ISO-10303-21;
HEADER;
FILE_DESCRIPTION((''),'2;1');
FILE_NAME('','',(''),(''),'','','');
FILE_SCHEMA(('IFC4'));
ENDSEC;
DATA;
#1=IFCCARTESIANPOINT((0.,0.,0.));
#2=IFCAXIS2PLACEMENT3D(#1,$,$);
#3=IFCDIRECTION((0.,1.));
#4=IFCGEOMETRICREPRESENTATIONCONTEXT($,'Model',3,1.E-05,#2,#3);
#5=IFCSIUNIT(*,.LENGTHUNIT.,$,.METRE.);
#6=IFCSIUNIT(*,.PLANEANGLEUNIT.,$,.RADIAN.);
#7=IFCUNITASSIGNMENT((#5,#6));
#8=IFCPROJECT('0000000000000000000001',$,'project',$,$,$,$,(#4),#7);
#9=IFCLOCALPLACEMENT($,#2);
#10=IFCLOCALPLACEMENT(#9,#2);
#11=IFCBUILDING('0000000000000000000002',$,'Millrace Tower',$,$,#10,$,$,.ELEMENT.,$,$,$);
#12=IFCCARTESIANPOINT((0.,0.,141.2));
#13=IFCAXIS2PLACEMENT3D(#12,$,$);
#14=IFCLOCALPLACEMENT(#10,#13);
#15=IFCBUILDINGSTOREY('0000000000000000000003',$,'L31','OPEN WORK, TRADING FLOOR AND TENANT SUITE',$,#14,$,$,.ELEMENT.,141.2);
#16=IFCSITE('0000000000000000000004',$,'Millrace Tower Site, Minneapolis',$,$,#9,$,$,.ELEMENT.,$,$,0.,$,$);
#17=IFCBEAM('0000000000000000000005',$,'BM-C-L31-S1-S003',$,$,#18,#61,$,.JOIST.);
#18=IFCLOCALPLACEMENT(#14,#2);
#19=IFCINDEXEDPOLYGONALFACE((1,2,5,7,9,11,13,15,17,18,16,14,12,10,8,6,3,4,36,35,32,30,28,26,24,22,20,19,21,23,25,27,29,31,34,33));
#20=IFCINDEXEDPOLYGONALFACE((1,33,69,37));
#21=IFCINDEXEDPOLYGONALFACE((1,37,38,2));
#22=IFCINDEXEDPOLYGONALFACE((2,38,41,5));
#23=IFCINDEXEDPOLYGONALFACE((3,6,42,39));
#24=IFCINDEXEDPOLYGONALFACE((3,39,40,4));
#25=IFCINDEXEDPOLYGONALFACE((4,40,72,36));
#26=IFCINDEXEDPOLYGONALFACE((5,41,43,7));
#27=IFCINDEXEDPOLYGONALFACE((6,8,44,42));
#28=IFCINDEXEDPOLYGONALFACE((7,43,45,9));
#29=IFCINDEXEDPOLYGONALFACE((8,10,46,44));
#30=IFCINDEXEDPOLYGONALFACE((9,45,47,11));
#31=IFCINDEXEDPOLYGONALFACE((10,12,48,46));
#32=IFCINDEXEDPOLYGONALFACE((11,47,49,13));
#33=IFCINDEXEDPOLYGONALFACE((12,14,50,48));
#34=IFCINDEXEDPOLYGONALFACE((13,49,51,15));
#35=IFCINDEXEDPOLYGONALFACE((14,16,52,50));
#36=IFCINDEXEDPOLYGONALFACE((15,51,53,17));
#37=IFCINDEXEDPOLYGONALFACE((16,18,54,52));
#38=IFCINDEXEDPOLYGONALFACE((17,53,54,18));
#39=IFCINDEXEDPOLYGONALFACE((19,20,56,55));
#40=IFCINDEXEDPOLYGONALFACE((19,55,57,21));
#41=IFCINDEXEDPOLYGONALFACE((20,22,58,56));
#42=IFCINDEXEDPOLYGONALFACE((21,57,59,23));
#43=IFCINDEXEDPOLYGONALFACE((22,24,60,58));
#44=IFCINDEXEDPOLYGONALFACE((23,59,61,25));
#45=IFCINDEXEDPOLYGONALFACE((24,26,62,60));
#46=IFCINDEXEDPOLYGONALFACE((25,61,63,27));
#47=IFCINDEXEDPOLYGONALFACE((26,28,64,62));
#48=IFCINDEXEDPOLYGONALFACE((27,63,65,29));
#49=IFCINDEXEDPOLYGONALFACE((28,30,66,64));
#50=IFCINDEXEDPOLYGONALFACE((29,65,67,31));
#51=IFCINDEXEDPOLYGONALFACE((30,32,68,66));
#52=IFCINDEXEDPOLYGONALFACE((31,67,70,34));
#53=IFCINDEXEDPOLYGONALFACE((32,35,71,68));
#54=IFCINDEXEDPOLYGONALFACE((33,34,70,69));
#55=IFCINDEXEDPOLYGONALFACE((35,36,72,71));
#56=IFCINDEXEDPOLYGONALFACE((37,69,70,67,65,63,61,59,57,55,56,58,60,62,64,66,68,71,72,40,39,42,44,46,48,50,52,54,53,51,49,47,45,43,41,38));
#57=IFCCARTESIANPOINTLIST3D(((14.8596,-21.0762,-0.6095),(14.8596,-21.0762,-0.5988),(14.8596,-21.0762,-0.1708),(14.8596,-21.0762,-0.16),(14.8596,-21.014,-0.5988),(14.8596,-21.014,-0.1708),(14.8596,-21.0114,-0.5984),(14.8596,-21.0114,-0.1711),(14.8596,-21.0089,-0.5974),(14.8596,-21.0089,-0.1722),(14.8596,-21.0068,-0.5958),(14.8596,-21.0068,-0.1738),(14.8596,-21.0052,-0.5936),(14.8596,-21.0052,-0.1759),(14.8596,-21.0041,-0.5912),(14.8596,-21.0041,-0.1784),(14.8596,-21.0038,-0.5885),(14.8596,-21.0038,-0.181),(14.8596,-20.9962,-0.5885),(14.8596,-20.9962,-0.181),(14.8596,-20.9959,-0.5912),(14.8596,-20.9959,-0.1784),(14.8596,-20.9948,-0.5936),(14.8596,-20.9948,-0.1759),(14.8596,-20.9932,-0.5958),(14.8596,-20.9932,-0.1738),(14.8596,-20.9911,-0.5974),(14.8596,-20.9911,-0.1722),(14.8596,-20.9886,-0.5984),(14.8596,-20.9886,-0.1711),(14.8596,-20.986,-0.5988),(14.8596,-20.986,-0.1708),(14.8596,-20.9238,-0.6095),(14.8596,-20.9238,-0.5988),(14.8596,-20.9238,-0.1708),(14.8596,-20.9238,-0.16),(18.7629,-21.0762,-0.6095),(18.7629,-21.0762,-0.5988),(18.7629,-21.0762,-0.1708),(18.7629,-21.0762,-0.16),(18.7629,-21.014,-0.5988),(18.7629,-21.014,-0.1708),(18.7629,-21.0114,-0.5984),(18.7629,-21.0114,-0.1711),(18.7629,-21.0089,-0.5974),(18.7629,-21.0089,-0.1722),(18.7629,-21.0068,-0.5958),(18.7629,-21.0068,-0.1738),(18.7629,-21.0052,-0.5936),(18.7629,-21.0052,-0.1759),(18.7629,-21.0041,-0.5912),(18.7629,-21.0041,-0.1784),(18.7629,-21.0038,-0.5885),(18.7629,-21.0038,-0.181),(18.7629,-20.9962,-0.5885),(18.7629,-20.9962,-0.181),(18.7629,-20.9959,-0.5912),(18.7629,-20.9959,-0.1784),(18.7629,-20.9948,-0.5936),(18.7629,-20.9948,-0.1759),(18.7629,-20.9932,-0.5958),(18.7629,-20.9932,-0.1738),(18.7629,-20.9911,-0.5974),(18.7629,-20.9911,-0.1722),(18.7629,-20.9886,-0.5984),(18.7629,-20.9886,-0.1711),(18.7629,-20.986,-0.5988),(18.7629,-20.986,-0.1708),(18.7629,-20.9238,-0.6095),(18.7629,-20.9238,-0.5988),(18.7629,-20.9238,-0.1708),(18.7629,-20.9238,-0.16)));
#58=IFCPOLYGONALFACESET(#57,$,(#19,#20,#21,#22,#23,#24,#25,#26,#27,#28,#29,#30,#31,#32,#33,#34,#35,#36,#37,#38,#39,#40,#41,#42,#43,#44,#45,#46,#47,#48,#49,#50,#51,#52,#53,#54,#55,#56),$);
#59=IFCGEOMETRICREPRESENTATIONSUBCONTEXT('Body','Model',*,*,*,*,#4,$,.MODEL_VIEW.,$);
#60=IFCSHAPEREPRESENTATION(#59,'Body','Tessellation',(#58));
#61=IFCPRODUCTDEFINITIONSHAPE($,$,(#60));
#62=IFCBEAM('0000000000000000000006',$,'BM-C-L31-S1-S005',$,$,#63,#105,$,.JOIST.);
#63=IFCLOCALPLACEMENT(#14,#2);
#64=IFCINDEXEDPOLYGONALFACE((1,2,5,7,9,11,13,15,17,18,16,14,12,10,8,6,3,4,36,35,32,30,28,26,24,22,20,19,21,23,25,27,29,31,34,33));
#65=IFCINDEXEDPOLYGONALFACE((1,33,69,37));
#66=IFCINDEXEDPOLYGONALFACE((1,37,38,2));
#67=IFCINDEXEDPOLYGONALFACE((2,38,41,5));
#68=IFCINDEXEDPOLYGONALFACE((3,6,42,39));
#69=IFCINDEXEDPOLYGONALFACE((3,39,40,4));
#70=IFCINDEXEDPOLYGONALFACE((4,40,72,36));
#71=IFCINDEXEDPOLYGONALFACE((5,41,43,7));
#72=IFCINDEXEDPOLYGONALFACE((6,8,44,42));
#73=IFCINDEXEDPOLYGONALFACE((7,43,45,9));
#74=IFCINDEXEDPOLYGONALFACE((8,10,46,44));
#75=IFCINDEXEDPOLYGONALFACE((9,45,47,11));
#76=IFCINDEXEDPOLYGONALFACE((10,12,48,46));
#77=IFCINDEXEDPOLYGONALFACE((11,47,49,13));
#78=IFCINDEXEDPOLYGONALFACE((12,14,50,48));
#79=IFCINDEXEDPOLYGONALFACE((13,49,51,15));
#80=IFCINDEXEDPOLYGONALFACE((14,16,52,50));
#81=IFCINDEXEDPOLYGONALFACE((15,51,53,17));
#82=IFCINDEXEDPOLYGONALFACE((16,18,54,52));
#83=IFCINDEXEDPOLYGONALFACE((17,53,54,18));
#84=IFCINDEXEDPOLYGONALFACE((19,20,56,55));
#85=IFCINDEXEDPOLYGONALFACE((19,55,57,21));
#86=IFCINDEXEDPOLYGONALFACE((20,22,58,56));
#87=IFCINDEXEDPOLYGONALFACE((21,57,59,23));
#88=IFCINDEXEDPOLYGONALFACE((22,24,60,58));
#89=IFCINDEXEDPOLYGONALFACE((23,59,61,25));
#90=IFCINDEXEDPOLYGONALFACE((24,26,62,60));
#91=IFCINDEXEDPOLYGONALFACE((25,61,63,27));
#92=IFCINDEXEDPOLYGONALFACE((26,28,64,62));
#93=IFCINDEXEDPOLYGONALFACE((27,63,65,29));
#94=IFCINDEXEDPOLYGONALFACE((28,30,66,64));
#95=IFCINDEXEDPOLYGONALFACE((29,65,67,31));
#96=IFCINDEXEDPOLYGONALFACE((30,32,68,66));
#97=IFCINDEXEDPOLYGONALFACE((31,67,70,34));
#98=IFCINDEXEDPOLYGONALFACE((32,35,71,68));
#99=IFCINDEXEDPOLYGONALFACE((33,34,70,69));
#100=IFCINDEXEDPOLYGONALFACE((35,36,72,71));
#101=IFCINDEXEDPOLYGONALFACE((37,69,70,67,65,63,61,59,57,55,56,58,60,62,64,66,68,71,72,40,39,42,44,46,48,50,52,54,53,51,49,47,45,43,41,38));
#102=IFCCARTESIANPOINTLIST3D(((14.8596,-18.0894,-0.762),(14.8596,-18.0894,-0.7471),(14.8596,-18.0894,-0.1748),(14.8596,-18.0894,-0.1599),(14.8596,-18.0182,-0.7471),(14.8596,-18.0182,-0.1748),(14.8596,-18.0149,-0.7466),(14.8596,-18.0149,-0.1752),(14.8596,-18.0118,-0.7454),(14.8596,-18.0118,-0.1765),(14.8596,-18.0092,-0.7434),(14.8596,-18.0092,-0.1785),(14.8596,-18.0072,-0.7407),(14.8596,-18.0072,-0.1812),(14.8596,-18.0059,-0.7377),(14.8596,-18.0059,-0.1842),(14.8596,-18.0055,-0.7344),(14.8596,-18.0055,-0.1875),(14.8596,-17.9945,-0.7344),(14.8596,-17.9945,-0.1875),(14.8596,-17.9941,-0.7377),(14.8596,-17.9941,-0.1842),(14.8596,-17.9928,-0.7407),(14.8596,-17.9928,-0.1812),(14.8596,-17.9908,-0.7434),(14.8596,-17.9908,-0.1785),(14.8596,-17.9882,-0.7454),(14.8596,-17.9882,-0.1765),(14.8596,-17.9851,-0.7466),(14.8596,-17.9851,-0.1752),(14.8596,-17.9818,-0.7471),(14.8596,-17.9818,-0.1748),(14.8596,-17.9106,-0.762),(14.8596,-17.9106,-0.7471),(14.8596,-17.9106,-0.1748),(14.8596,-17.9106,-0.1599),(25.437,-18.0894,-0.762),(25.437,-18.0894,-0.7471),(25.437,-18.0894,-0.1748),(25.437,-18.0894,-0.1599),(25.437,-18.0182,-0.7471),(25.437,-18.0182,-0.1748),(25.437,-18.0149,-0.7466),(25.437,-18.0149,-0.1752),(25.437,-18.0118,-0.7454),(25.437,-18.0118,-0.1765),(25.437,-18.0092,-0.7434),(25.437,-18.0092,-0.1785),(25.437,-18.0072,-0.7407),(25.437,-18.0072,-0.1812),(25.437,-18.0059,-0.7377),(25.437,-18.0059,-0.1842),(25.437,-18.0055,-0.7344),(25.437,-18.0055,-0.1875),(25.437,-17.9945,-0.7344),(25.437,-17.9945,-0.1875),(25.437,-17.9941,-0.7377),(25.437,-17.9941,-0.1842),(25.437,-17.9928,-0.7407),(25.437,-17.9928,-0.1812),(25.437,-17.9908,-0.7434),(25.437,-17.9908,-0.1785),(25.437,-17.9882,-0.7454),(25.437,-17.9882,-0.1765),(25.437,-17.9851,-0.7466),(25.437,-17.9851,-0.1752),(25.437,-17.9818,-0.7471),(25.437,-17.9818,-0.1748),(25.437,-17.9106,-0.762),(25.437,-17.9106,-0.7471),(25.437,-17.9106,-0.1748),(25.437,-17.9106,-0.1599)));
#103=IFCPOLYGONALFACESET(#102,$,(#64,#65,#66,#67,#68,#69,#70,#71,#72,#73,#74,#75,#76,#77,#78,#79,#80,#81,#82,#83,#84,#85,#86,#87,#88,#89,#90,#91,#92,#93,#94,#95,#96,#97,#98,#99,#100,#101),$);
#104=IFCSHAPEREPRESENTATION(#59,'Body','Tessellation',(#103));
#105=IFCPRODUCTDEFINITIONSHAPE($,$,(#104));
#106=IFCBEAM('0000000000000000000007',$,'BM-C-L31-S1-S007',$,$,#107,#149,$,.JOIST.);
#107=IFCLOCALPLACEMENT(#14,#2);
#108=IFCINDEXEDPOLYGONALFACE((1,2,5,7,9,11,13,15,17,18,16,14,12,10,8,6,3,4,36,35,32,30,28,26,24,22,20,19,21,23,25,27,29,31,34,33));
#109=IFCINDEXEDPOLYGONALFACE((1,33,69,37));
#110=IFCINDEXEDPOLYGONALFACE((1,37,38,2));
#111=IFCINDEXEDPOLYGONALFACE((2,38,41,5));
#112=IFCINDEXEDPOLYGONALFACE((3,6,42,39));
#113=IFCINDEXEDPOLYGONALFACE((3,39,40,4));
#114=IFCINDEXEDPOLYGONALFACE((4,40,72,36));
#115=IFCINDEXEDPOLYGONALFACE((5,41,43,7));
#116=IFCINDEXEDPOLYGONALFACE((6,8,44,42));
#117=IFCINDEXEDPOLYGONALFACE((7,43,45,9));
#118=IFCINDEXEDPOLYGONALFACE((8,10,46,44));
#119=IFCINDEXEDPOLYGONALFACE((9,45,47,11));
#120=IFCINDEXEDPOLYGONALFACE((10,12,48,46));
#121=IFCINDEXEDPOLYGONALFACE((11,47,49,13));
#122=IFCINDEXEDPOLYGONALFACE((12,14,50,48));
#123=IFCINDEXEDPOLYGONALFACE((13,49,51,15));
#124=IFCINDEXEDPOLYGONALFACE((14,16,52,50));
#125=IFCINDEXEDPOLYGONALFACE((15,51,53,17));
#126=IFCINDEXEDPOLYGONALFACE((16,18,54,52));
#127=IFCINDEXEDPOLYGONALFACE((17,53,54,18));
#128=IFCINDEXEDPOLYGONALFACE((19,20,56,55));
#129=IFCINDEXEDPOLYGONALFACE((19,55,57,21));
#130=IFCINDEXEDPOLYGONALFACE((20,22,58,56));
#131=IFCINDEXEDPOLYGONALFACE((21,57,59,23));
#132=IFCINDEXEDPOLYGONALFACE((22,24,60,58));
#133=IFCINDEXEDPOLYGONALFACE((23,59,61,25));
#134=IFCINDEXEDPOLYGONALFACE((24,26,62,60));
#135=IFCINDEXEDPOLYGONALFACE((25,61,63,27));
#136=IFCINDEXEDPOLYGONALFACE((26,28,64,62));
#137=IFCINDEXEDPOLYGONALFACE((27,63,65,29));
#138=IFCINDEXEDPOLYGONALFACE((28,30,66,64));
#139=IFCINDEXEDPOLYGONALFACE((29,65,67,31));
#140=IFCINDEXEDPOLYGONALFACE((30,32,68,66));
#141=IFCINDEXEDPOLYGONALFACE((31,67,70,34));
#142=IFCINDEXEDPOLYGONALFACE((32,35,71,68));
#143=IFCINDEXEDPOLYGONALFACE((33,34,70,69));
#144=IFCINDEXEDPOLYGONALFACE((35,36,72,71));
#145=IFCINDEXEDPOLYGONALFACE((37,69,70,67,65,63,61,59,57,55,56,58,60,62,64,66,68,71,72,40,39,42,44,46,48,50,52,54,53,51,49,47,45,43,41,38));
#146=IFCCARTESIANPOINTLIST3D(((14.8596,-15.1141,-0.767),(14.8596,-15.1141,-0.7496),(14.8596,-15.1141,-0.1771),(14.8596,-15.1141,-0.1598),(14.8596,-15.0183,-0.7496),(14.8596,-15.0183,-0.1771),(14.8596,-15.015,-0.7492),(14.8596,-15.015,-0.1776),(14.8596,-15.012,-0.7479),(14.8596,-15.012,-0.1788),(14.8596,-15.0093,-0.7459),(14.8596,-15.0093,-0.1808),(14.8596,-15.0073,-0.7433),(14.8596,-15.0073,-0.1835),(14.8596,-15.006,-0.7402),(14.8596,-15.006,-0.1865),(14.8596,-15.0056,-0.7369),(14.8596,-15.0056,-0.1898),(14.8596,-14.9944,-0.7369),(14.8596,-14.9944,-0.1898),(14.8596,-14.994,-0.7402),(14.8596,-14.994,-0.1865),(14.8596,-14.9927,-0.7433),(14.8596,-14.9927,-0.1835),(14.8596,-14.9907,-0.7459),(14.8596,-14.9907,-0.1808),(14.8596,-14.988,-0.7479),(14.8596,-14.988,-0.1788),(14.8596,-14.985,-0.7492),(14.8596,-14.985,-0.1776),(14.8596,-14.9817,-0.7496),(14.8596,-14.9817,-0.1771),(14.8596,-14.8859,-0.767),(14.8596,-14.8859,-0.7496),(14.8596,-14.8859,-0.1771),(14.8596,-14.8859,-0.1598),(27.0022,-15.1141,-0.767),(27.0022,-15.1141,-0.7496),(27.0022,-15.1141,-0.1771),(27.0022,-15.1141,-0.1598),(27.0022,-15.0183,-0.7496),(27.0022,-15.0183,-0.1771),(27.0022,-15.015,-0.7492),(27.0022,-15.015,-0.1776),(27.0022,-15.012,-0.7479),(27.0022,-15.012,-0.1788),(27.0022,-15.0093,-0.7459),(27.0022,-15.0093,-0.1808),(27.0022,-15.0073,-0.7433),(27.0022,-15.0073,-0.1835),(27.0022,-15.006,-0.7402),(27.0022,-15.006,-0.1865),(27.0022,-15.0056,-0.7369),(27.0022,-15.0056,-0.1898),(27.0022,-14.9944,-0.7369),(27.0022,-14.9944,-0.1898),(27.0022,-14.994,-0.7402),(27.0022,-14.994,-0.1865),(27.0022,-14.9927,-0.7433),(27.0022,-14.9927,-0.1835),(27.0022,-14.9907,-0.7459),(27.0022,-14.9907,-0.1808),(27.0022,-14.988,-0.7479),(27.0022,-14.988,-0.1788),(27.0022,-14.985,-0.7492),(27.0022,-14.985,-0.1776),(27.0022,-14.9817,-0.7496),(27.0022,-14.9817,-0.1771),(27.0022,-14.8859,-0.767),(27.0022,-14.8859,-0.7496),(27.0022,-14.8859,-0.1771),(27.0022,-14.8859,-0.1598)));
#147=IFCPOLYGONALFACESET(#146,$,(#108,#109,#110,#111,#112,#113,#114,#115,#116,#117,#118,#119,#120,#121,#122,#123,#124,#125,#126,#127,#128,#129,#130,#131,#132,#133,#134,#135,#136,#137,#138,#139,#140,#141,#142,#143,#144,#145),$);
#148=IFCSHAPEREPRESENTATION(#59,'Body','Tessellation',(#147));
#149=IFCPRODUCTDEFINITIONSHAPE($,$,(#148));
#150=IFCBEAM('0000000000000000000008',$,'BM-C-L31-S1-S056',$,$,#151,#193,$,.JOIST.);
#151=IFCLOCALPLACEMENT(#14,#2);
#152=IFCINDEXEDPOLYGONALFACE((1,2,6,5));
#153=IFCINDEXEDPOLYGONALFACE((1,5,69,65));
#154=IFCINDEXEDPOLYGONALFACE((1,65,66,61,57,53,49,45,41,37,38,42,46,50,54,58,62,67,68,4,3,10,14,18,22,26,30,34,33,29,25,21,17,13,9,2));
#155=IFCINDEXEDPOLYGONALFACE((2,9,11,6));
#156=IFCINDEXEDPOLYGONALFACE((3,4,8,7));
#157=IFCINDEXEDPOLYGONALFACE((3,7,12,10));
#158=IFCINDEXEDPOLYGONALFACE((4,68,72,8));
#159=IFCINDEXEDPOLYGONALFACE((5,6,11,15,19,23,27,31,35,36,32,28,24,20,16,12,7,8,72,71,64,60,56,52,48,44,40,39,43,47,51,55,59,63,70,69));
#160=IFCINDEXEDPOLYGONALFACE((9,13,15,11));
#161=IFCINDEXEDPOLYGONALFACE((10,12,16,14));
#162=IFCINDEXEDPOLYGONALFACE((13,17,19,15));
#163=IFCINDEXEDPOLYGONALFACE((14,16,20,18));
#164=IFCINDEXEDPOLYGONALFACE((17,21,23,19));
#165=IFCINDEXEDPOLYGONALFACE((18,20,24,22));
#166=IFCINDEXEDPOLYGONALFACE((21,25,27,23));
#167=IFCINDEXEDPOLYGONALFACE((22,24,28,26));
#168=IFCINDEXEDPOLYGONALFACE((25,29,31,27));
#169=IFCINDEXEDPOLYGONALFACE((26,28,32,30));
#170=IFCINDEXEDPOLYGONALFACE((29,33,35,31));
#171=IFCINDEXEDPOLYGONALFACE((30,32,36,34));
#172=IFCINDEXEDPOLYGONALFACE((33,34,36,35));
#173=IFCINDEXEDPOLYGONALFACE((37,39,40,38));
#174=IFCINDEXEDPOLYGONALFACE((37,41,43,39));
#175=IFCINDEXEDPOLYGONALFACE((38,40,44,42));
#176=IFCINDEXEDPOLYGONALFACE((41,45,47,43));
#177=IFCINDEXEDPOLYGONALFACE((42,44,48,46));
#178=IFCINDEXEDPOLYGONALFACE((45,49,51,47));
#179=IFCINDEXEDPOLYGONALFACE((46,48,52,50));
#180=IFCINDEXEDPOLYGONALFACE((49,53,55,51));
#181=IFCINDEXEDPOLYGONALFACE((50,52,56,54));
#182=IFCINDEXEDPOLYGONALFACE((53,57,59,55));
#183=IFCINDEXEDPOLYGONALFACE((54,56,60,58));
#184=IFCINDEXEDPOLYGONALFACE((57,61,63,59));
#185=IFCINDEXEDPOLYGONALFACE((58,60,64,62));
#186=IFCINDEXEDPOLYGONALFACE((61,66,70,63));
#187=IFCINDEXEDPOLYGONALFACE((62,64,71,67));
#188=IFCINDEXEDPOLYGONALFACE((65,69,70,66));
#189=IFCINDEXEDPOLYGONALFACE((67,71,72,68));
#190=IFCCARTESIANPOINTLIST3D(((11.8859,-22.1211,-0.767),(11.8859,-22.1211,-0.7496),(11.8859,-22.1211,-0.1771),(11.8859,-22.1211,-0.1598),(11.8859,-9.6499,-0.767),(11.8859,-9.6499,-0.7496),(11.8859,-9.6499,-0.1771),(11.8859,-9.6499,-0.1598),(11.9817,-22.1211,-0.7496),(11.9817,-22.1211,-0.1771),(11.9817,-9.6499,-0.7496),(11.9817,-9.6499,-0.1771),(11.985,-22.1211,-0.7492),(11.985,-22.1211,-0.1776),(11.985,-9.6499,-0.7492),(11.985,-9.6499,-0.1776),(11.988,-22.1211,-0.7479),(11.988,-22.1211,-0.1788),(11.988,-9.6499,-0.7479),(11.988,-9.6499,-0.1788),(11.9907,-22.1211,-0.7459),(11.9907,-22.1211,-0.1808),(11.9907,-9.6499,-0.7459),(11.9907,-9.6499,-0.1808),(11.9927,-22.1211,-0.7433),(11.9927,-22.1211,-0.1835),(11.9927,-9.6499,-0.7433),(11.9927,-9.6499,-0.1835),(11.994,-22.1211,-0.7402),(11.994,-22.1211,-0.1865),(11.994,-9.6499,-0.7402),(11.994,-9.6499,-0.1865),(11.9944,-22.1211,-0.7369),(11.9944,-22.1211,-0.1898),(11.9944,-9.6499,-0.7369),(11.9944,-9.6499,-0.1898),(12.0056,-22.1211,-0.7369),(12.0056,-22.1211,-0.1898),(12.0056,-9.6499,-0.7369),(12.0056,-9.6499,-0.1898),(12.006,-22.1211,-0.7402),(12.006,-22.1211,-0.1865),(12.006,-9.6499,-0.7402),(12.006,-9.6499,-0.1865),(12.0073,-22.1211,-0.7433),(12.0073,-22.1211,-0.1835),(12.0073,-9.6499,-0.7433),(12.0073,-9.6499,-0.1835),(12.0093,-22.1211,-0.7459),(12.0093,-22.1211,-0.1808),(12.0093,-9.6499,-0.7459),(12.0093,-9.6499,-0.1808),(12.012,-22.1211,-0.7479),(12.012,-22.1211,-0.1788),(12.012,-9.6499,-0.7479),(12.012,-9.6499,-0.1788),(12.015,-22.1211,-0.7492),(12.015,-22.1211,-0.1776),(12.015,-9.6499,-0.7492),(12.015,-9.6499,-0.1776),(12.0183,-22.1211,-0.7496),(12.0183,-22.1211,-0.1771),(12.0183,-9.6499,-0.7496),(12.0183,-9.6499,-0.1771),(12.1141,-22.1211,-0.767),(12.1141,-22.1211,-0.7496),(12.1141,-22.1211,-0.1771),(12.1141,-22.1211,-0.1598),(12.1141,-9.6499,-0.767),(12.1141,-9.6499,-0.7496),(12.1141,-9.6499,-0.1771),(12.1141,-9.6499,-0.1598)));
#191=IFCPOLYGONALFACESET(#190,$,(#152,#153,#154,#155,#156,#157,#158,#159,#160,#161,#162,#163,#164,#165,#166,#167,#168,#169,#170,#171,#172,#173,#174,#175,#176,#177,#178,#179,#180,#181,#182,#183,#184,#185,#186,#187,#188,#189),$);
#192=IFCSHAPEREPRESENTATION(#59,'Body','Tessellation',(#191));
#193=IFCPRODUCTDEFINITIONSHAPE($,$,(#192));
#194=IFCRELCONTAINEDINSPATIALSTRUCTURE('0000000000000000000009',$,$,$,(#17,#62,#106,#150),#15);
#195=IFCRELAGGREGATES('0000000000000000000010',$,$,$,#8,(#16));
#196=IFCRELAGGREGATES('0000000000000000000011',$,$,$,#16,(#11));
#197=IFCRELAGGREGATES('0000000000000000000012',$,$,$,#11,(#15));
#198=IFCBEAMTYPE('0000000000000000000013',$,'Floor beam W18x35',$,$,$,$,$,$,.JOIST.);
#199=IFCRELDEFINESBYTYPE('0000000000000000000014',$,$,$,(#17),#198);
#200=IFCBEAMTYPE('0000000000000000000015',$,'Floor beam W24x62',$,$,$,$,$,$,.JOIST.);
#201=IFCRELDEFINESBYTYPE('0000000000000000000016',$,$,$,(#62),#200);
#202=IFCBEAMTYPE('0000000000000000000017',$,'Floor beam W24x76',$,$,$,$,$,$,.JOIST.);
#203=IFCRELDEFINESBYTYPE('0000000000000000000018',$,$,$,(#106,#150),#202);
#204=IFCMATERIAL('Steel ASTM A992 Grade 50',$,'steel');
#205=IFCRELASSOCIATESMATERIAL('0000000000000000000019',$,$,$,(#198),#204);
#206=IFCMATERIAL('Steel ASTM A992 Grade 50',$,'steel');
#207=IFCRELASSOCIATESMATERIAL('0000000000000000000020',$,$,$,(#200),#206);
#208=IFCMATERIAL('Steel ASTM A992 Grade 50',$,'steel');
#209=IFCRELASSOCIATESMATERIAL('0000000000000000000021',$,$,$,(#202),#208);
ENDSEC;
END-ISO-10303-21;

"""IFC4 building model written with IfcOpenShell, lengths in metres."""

from ifc_helpers import new_model, si_unit, direction, frame, origin, origin_2d, place, context, subcontext, project, spatial, i_section, extrude, material, material_profile, profile_set, type_object, element, save


model = new_model("IFC4")

# Units and contexts
model_context = context("Model", 3, precision=1e-05, world=origin(), true_north=direction((0.0, 1.0)))
body_context = subcontext(model_context, "Body", "Model", "MODEL_VIEW")
ifc_project = project(units=[si_unit("LENGTHUNIT", "METRE"), si_unit("PLANEANGLEUNIT", "RADIAN")], contexts=[model_context])

# Site, building, storey
site_placement = place(None, origin())
site = spatial("IfcSite", under=ifc_project, at=site_placement, Name="Millrace Tower Site, Minneapolis", CompositionType="ELEMENT", RefElevation=0.0)
building_placement = place(site_placement, origin())
building = spatial("IfcBuilding", under=site, at=building_placement, Name="Millrace Tower", CompositionType="ELEMENT")
storey_placement = place(building_placement, frame((0.0, 0.0, 141.2)))
storey = spatial("IfcBuildingStorey", under=building, at=storey_placement, Name="L31", Description="OPEN WORK, TRADING FLOOR AND TENANT SUITE", CompositionType="ELEMENT", Elevation=141.2)

# Beams
ifc_material_1 = material(Name="Steel ASTM A992 Grade 50", Category="steel")
ifc_material_profile_1 = material_profile(ifc_material_1, i_section(OverallWidth=0.1523, OverallDepth=0.4495, WebThickness=0.0076, FlangeThickness=0.0107, FilletRadius=0.0103, at=origin_2d()))
ifc_profile_set_1 = profile_set([ifc_material_profile_1], Name="Steel ASTM A992 Grade 50")
beam_type_1 = type_object("IfcBeamType", Name="Floor beam W18x35", PredefinedType="JOIST", material=ifc_profile_set_1)
beam_1_placement = place(storey_placement, frame((14.8596, -21.0, -0.3848), z_axis=(1.0, 0.0, 0.0), x_axis=(0.0, 1.0, 0.0)))
element("IfcBeam", 1, at=beam_1_placement, inside=storey, type_object=beam_type_1, Name="BM-C-L31-S1-S003", PredefinedType="JOIST", context=body_context, shape_type="SweptSolid", body=[
    extrude(i_section(OverallWidth=0.1523, OverallDepth=0.4495, WebThickness=0.0076, FlangeThickness=0.0107, FilletRadius=0.0103, at=origin_2d()), origin(), (0.0, 0.0, 1.0), 3.9033),
])
ifc_material_2 = material(Name="Steel ASTM A992 Grade 50", Category="steel")
ifc_material_profile_2 = material_profile(ifc_material_2, i_section(OverallWidth=0.1787, OverallDepth=0.6021, WebThickness=0.011, FlangeThickness=0.0149, FilletRadius=0.0127, at=origin_2d()))
ifc_profile_set_2 = profile_set([ifc_material_profile_2], Name="Steel ASTM A992 Grade 50")
beam_type_2 = type_object("IfcBeamType", Name="Floor beam W24x62", PredefinedType="JOIST", material=ifc_profile_set_2)
beam_2_placement = place(storey_placement, frame((14.8596, -18.0, -0.4609), z_axis=(1.0, 0.0, 0.0), x_axis=(0.0, 1.0, 0.0)))
element("IfcBeam", 2, at=beam_2_placement, inside=storey, type_object=beam_type_2, Name="BM-C-L31-S1-S005", PredefinedType="JOIST", context=body_context, shape_type="SweptSolid", body=[
    extrude(i_section(OverallWidth=0.1787, OverallDepth=0.6021, WebThickness=0.011, FlangeThickness=0.0149, FilletRadius=0.0127, at=origin_2d()), origin(), (0.0, 0.0, 1.0), 10.5774),
])
ifc_material_3 = material(Name="Steel ASTM A992 Grade 50", Category="steel")
ifc_material_profile_3 = material_profile(ifc_material_3, i_section(OverallWidth=0.2283, OverallDepth=0.6072, WebThickness=0.0112, FlangeThickness=0.0173, FilletRadius=0.0127, at=origin_2d()))
ifc_profile_set_3 = profile_set([ifc_material_profile_3], Name="Steel ASTM A992 Grade 50")
beam_type_3 = type_object("IfcBeamType", Name="Floor beam W24x76", PredefinedType="JOIST", material=ifc_profile_set_3)
beam_3_placement = place(storey_placement, frame((14.8596, -15.0, -0.4634), z_axis=(1.0, 0.0, 0.0), x_axis=(0.0, 1.0, 0.0)))
element("IfcBeam", 3, at=beam_3_placement, inside=storey, type_object=beam_type_3, Name="BM-C-L31-S1-S007", PredefinedType="JOIST", context=body_context, shape_type="SweptSolid", body=[
    extrude(i_section(OverallWidth=0.2283, OverallDepth=0.6072, WebThickness=0.0112, FlangeThickness=0.0173, FilletRadius=0.0127, at=origin_2d()), origin(), (0.0, 0.0, 1.0), 12.1426),
])
beam_4_placement = place(storey_placement, frame((12.0, -22.1211, -0.4634), z_axis=(0.0, 1.0, 0.0), x_axis=(-1.0, 0.0, 0.0)))
element("IfcBeam", 4, at=beam_4_placement, inside=storey, type_object=beam_type_3, Name="BM-C-L31-S1-S056", PredefinedType="JOIST", context=body_context, shape_type="SweptSolid", body=[
    extrude(i_section(OverallWidth=0.2283, OverallDepth=0.6072, WebThickness=0.0112, FlangeThickness=0.0173, FilletRadius=0.0127, at=origin_2d()), origin(), (0.0, 0.0, 1.0), 12.4712),
])

save(model, "model.ifc")
